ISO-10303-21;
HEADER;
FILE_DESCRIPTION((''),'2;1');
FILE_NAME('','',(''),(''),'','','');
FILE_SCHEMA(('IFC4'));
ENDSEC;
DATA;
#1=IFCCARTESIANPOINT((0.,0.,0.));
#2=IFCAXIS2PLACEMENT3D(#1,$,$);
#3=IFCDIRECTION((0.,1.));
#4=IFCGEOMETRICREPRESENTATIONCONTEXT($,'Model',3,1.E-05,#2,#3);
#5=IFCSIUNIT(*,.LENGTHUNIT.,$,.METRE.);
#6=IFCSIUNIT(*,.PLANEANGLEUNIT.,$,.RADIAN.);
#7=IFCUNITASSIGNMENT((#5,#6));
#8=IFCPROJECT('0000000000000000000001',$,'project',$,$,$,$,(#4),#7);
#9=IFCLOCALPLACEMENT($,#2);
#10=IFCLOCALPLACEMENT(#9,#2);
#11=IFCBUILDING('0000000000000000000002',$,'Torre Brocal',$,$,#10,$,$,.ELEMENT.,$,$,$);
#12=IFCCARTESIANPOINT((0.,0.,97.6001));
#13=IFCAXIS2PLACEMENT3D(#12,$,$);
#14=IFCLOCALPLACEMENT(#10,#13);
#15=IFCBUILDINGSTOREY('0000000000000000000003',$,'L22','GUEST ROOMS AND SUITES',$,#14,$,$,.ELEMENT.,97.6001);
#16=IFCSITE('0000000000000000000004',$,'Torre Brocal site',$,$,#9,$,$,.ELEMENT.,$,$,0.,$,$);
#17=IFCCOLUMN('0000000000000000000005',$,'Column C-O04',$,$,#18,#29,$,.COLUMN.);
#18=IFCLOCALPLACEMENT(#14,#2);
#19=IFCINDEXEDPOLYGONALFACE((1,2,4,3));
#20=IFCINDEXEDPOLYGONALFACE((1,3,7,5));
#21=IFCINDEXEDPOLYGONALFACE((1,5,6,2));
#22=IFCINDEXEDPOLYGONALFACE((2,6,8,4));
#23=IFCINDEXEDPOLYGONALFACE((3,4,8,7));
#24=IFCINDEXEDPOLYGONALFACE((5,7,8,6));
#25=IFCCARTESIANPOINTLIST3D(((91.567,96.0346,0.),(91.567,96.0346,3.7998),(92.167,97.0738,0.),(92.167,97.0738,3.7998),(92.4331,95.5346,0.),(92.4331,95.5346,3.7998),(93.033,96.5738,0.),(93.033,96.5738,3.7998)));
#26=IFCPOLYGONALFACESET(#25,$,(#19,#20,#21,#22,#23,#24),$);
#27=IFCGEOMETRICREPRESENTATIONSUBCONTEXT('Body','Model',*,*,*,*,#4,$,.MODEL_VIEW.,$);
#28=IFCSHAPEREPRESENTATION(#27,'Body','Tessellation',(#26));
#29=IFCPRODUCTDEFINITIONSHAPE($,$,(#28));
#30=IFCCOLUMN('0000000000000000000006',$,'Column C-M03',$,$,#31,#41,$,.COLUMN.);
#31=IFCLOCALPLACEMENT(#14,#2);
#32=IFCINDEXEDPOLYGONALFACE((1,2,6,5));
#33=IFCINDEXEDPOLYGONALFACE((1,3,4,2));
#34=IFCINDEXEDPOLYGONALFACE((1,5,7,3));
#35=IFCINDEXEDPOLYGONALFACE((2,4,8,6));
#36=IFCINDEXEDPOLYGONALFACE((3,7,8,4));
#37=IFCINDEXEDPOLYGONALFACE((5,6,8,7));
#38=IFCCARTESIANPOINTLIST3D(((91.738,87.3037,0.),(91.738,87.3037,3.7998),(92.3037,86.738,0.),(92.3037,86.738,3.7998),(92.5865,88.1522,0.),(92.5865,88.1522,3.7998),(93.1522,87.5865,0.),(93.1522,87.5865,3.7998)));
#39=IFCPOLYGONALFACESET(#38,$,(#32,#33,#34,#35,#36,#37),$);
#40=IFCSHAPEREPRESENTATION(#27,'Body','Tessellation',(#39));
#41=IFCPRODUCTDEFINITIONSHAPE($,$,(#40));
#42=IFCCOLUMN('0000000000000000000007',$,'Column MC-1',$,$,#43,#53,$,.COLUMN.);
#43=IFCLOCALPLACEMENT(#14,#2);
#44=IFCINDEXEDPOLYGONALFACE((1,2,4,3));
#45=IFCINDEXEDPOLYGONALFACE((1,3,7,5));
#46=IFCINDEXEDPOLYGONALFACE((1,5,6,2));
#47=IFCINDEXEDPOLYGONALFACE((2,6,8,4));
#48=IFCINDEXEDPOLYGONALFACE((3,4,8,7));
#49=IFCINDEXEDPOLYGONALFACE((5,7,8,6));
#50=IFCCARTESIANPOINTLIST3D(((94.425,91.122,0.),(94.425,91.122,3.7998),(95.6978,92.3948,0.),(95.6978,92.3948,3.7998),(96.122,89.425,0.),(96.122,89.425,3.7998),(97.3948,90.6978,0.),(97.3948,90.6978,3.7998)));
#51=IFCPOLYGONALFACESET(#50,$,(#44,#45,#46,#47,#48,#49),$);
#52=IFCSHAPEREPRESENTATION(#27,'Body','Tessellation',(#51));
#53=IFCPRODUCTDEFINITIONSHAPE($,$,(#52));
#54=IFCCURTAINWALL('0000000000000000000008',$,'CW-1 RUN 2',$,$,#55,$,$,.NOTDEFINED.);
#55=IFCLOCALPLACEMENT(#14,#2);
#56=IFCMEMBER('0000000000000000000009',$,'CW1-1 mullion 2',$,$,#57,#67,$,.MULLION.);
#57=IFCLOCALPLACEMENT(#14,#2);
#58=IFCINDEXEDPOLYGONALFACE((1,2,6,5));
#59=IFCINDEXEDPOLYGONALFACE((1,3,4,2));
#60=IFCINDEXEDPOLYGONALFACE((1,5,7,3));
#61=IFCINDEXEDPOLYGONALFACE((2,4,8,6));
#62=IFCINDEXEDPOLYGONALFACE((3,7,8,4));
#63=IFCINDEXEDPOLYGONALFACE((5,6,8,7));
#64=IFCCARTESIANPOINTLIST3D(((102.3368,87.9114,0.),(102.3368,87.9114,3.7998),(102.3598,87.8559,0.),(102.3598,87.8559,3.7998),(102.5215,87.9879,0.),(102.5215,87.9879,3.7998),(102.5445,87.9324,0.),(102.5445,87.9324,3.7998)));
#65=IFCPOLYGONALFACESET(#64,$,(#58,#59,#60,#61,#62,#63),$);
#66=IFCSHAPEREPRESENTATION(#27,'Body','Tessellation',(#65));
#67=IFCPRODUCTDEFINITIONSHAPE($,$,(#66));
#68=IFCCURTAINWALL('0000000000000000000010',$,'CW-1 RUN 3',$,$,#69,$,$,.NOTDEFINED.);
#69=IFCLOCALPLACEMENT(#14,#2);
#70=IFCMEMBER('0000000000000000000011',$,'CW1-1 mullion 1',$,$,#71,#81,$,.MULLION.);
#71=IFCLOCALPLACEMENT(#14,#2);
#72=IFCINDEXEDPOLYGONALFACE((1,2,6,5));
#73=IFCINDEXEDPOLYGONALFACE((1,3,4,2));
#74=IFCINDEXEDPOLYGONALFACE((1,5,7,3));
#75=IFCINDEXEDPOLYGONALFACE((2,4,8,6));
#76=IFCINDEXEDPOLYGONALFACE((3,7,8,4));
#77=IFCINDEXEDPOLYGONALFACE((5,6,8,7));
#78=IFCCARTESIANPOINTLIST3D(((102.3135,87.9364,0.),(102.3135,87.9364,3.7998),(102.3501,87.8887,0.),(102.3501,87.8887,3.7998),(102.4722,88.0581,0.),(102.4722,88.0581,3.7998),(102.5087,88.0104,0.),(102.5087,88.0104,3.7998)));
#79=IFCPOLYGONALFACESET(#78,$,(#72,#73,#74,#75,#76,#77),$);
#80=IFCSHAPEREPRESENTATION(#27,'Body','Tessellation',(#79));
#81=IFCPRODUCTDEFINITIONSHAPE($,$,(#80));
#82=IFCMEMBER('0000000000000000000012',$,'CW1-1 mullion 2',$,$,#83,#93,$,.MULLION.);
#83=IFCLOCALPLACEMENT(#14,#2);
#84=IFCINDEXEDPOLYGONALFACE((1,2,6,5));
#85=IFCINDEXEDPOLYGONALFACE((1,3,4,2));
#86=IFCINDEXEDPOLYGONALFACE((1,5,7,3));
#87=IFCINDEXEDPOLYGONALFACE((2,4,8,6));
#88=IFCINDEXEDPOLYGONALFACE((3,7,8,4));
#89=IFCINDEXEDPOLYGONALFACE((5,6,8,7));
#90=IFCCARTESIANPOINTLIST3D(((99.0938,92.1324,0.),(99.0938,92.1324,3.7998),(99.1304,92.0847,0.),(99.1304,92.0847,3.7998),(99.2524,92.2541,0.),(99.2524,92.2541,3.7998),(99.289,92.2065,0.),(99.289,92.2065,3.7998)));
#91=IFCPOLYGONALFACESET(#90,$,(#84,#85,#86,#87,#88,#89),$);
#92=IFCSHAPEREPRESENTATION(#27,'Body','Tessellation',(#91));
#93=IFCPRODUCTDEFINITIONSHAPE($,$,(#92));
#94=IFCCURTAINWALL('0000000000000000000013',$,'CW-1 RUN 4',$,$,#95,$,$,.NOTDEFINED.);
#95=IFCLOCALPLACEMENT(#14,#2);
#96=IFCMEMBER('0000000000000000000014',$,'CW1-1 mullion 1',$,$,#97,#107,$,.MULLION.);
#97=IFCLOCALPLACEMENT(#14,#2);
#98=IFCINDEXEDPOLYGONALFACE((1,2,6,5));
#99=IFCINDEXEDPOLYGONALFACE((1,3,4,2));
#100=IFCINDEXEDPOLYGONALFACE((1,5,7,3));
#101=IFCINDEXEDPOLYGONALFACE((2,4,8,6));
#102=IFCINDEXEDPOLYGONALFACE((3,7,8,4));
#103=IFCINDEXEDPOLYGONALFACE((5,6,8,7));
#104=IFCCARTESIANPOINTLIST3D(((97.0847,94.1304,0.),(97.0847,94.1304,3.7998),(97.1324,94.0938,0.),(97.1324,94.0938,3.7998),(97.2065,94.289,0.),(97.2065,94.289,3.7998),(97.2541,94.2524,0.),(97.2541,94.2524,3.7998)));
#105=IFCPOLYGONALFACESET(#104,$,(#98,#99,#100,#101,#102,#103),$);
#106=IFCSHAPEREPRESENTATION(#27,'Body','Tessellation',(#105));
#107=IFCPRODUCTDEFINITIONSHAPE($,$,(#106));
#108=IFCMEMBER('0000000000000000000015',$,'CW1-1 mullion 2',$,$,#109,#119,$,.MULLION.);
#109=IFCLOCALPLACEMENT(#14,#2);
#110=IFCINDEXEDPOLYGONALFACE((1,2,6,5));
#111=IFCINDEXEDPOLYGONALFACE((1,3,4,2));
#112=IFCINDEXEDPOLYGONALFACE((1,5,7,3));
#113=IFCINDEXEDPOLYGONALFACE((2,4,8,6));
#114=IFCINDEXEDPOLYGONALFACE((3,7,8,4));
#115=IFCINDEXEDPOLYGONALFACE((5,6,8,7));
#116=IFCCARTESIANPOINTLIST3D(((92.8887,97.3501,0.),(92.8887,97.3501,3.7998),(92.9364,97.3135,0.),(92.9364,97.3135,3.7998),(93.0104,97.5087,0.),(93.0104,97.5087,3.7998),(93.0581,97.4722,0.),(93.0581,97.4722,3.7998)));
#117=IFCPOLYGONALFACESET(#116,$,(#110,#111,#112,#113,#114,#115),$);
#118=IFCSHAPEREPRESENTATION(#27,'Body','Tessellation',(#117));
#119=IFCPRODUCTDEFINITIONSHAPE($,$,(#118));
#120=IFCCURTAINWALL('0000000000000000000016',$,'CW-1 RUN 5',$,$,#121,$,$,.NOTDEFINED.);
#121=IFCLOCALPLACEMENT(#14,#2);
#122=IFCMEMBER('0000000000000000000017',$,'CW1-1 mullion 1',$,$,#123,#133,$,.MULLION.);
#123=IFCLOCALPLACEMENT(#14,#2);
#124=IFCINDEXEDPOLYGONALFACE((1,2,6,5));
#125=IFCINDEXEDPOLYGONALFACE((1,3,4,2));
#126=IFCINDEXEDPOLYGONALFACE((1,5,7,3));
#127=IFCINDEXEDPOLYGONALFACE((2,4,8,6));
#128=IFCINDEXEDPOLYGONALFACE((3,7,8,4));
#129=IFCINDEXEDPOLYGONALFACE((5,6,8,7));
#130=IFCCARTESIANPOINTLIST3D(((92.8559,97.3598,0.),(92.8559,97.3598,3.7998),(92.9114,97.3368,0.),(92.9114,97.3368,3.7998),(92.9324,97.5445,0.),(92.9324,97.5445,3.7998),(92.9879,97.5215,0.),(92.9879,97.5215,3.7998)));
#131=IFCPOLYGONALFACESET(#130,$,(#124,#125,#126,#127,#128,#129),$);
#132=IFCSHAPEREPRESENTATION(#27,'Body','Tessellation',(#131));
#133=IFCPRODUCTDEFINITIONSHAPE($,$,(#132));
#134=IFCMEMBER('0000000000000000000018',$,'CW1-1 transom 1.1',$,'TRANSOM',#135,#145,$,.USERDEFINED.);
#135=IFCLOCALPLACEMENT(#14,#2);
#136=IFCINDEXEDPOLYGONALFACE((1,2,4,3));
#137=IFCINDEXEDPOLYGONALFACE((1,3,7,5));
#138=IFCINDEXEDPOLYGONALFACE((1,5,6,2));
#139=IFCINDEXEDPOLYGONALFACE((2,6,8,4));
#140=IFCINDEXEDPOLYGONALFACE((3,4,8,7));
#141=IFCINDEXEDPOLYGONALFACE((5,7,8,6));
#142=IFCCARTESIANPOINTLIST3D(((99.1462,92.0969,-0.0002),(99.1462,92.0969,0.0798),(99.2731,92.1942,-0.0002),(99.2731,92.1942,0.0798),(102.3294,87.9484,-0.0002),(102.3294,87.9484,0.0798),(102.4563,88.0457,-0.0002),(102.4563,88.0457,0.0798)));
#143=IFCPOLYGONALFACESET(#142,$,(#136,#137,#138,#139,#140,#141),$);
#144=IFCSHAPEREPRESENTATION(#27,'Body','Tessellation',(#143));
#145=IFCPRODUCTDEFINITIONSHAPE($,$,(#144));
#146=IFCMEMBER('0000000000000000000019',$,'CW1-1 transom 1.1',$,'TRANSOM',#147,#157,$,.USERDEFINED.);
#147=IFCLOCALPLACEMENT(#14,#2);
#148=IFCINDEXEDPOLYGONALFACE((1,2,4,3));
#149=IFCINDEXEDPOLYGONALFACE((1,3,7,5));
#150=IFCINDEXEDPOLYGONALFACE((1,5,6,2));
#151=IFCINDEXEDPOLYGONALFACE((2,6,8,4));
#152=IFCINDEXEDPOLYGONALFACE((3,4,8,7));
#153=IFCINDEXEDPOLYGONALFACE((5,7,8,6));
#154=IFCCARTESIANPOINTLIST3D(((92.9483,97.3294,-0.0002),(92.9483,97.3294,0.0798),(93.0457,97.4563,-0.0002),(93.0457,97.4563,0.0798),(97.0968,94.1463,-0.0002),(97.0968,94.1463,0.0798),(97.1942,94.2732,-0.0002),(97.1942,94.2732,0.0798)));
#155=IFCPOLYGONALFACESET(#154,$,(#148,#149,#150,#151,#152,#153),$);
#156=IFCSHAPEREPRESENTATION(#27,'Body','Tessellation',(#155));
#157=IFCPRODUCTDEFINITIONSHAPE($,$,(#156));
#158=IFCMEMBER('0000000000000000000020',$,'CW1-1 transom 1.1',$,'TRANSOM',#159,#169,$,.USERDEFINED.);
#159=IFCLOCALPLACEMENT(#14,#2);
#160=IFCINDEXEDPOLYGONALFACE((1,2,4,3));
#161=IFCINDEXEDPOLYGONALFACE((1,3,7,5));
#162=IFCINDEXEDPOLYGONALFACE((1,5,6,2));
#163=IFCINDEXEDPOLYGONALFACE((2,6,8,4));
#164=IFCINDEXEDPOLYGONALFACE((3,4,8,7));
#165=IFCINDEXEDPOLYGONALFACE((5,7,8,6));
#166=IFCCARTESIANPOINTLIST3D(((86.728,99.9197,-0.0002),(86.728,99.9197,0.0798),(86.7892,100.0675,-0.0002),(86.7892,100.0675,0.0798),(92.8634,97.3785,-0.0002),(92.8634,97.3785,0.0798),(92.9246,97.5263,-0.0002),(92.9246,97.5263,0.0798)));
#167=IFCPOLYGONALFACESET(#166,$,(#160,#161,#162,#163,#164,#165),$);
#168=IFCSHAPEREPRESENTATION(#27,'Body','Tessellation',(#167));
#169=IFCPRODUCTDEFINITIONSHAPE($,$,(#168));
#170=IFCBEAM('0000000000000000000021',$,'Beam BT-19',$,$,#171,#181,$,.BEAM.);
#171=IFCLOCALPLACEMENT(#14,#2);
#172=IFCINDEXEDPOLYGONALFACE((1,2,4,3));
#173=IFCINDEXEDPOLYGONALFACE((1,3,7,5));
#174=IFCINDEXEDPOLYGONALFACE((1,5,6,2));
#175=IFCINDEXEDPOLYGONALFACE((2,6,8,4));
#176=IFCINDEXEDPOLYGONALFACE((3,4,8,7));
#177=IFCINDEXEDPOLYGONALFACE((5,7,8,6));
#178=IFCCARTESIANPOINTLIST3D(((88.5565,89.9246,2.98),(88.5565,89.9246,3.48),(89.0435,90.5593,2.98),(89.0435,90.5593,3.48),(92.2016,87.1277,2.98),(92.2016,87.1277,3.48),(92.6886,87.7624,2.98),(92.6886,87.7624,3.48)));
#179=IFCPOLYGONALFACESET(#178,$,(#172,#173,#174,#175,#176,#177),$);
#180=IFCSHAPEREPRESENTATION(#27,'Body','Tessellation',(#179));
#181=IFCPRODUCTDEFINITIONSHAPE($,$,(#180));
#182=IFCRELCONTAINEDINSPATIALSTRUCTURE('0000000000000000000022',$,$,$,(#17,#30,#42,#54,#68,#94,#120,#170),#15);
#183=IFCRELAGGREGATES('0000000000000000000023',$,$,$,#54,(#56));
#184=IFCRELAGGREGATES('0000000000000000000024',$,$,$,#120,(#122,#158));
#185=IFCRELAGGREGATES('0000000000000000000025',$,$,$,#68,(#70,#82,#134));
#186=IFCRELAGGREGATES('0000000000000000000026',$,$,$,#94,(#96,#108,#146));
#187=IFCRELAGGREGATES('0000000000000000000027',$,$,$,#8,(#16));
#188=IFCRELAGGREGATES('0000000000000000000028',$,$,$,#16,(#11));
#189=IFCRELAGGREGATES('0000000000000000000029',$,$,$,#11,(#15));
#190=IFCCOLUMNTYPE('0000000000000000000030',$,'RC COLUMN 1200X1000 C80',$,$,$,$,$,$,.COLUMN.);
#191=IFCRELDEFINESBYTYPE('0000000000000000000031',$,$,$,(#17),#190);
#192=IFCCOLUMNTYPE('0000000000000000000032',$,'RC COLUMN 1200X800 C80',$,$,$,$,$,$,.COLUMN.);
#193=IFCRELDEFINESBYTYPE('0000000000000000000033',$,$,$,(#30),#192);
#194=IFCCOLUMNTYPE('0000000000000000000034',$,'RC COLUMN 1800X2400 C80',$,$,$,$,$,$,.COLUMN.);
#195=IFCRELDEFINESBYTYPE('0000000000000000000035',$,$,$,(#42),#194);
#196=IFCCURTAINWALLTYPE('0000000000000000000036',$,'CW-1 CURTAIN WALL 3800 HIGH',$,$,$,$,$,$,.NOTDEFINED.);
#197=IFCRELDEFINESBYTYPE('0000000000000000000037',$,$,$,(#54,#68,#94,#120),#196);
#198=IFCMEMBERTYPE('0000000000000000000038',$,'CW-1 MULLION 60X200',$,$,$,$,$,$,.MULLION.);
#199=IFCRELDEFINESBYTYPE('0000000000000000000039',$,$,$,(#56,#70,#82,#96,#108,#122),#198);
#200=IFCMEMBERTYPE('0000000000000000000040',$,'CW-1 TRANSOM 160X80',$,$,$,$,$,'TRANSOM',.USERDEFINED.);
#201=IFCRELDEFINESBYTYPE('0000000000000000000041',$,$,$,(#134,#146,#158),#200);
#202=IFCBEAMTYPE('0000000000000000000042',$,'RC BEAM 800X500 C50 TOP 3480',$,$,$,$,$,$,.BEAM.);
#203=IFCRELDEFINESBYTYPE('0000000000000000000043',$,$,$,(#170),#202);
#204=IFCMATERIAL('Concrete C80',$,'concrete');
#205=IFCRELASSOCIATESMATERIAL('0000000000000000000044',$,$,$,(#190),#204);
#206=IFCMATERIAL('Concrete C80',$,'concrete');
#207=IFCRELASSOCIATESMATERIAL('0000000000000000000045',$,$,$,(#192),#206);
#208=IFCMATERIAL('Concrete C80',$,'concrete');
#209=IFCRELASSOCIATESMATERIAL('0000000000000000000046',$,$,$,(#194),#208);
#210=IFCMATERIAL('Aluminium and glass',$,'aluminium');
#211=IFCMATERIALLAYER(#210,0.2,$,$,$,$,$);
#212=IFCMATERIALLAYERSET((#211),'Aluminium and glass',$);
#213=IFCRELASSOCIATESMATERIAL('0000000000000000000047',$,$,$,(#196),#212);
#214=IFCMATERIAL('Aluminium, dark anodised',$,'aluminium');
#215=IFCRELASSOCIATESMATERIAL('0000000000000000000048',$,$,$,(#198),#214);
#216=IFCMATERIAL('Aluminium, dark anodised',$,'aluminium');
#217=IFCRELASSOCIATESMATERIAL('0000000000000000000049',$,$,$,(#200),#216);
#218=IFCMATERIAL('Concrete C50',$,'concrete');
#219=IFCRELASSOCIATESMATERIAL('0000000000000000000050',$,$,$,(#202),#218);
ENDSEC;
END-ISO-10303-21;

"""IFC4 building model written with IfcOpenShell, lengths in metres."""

from ifc_helpers import new_model, si_unit, direction, frame, origin, origin_2d, place, context, subcontext, project, spatial, rectangle, extrude, material, layer, layer_set, material_profile, profile_set, type_object, element, aggregate, save


model = new_model("IFC4")

# Units and contexts
model_context = context("Model", 3, precision=1e-05, world=origin(), true_north=direction((0.0, 1.0)))
body_context = subcontext(model_context, "Body", "Model", "MODEL_VIEW")
ifc_project = project(units=[si_unit("LENGTHUNIT", "METRE"), si_unit("PLANEANGLEUNIT", "RADIAN")], contexts=[model_context])

# Site, building, storey
site_placement = place(None, origin())
site = spatial("IfcSite", under=ifc_project, at=site_placement, Name="Torre Brocal site", CompositionType="ELEMENT", RefElevation=0.0)
building_placement = place(site_placement, origin())
building = spatial("IfcBuilding", under=site, at=building_placement, Name="Torre Brocal", CompositionType="ELEMENT")
storey_placement = place(building_placement, frame((0.0, 0.0, 97.6001)))
storey = spatial("IfcBuildingStorey", under=building, at=storey_placement, Name="L22", Description="GUEST ROOMS AND SUITES", CompositionType="ELEMENT", Elevation=97.6001)

# Columns
ifc_material_1 = material(Name="Concrete C80", Category="concrete")
ifc_material_profile_1 = material_profile(ifc_material_1, rectangle(XDim=1.2, YDim=1.0, at=origin_2d()), Name="RC 1200X1000")
ifc_profile_set_1 = profile_set([ifc_material_profile_1], Name="Concrete C80")
column_type_1 = type_object("IfcColumnType", Name="RC COLUMN 1200X1000 C80", PredefinedType="COLUMN", material=ifc_profile_set_1)
column_1_placement = place(storey_placement, frame((92.3, 96.3042, 0.0), z_axis=(0.0, 0.0, 1.0), x_axis=(0.5, 0.866025, 0.0)))
element("IfcColumn", 1, at=column_1_placement, inside=storey, type_object=column_type_1, Name="Column C-O04", PredefinedType="COLUMN", context=body_context, shape_type="SweptSolid", body=[
    extrude(rectangle(XDim=1.2, YDim=1.0, at=origin_2d()), origin(), (0.0, 0.0, 1.0), 3.7998),
])
ifc_material_2 = material(Name="Concrete C80", Category="concrete")
ifc_material_profile_2 = material_profile(ifc_material_2, rectangle(XDim=1.2, YDim=0.8, at=origin_2d()), Name="RC 1200X800")
ifc_profile_set_2 = profile_set([ifc_material_profile_2], Name="Concrete C80")
column_type_2 = type_object("IfcColumnType", Name="RC COLUMN 1200X800 C80", PredefinedType="COLUMN", material=ifc_profile_set_2)
column_2_placement = place(storey_placement, frame((92.4451, 87.4451, 0.0), z_axis=(0.0, 0.0, 1.0), x_axis=(0.707107, 0.707107, 0.0)))
element("IfcColumn", 2, at=column_2_placement, inside=storey, type_object=column_type_2, Name="Column C-M03", PredefinedType="COLUMN", context=body_context, shape_type="SweptSolid", body=[
    extrude(rectangle(XDim=1.2, YDim=0.8, at=origin_2d()), origin(), (0.0, 0.0, 1.0), 3.7998),
])
ifc_material_3 = material(Name="Concrete C80", Category="concrete")
ifc_material_profile_3 = material_profile(ifc_material_3, rectangle(XDim=1.8, YDim=2.3999, at=origin_2d()), Name="RC 1800X2400")
ifc_profile_set_3 = profile_set([ifc_material_profile_3], Name="Concrete C80")
column_type_3 = type_object("IfcColumnType", Name="RC COLUMN 1800X2400 C80", PredefinedType="COLUMN", material=ifc_profile_set_3)
column_3_placement = place(storey_placement, frame((95.9099, 90.9099, 0.0), z_axis=(0.0, 0.0, 1.0), x_axis=(0.707107, 0.707107, 0.0)))
element("IfcColumn", 3, at=column_3_placement, inside=storey, type_object=column_type_3, Name="Column MC-1", PredefinedType="COLUMN", context=body_context, shape_type="SweptSolid", body=[
    extrude(rectangle(XDim=1.8, YDim=2.3999, at=origin_2d()), origin(), (0.0, 0.0, 1.0), 3.7998),
])

# Curtain wall, member
ifc_material_4 = material(Name="Aluminium and glass", Category="aluminium")
ifc_layer_1 = layer(ifc_material_4, 0.2)
ifc_layer_set_1 = layer_set([ifc_layer_1], Name="Aluminium and glass")
curtain_wall_type = type_object("IfcCurtainWallType", Name="CW-1 CURTAIN WALL 3800 HIGH", PredefinedType="NOTDEFINED", material=ifc_layer_set_1)
curtain_wall_1_placement = place(storey_placement, origin())
curtain_wall_1 = element("IfcCurtainWall", 4, at=curtain_wall_1_placement, inside=storey, type_object=curtain_wall_type, Name="CW-1 RUN 2", PredefinedType="NOTDEFINED")
ifc_material_5 = material(Name="Aluminium, dark anodised", Category="aluminium")
ifc_material_profile_4 = material_profile(ifc_material_5, rectangle(XDim=0.2, YDim=0.0601, at=origin_2d()), Name="CW-1 MULLION 60X200")
ifc_profile_set_4 = profile_set([ifc_material_profile_4], Name="Aluminium, dark anodised")
member_type_1 = type_object("IfcMemberType", Name="CW-1 MULLION 60X200", PredefinedType="MULLION", material=ifc_profile_set_4)
member_1_placement = place(storey_placement, frame((102.4407, 87.9219, 0.0), z_axis=(0.0, 0.0, 1.0), x_axis=(-0.92388, -0.382683, 0.0)))
member_1 = element("IfcMember", 5, at=member_1_placement, type_object=member_type_1, Name="CW1-1 mullion 2", PredefinedType="MULLION", context=body_context, shape_type="SweptSolid", body=[
    extrude(rectangle(XDim=0.2, YDim=0.0601, at=origin_2d()), origin(), (0.0, 0.0, 1.0), 3.7998),
])
aggregate(curtain_wall_1, [member_1])

# Curtain walls, members
curtain_wall_2_placement = place(storey_placement, origin())
curtain_wall_2 = element("IfcCurtainWall", 6, at=curtain_wall_2_placement, inside=storey, type_object=curtain_wall_type, Name="CW-1 RUN 3", PredefinedType="NOTDEFINED")
member_2_placement = place(storey_placement, frame((102.4111, 87.9734, 0.0), z_axis=(0.0, 0.0, 1.0), x_axis=(-0.793353, -0.608761, 0.0)))
member_2 = element("IfcMember", 7, at=member_2_placement, type_object=member_type_1, Name="CW1-1 mullion 1", PredefinedType="MULLION", context=body_context, shape_type="SweptSolid", body=[
    extrude(rectangle(XDim=0.2, YDim=0.0601, at=origin_2d()), origin(), (0.0, 0.0, 1.0), 3.7998),
])
member_3_placement = place(storey_placement, frame((99.1914, 92.1694, 0.0), z_axis=(0.0, 0.0, 1.0), x_axis=(-0.793353, -0.608761, 0.0)))
member_3 = element("IfcMember", 8, at=member_3_placement, type_object=member_type_1, Name="CW1-1 mullion 2", PredefinedType="MULLION", context=body_context, shape_type="SweptSolid", body=[
    extrude(rectangle(XDim=0.2, YDim=0.0601, at=origin_2d()), origin(), (0.0, 0.0, 1.0), 3.7998),
])
curtain_wall_3_placement = place(storey_placement, origin())
curtain_wall_3 = element("IfcCurtainWall", 9, at=curtain_wall_3_placement, inside=storey, type_object=curtain_wall_type, Name="CW-1 RUN 4", PredefinedType="NOTDEFINED")
member_4_placement = place(storey_placement, frame((97.1694, 94.1914, 0.0), z_axis=(0.0, 0.0, 1.0), x_axis=(-0.608761, -0.793353, 0.0)))
member_4 = element("IfcMember", 10, at=member_4_placement, type_object=member_type_1, Name="CW1-1 mullion 1", PredefinedType="MULLION", context=body_context, shape_type="SweptSolid", body=[
    extrude(rectangle(XDim=0.2, YDim=0.0601, at=origin_2d()), origin(), (0.0, 0.0, 1.0), 3.7998),
])
member_5_placement = place(storey_placement, frame((92.9734, 97.4111, 0.0), z_axis=(0.0, 0.0, 1.0), x_axis=(-0.608761, -0.793353, 0.0)))
member_5 = element("IfcMember", 11, at=member_5_placement, type_object=member_type_1, Name="CW1-1 mullion 2", PredefinedType="MULLION", context=body_context, shape_type="SweptSolid", body=[
    extrude(rectangle(XDim=0.2, YDim=0.0601, at=origin_2d()), origin(), (0.0, 0.0, 1.0), 3.7998),
])

# Curtain wall, member
curtain_wall_4_placement = place(storey_placement, origin())
curtain_wall_4 = element("IfcCurtainWall", 12, at=curtain_wall_4_placement, inside=storey, type_object=curtain_wall_type, Name="CW-1 RUN 5", PredefinedType="NOTDEFINED")
member_6_placement = place(storey_placement, frame((92.9219, 97.4407, 0.0), z_axis=(0.0, 0.0, 1.0), x_axis=(-0.382683, -0.92388, 0.0)))
member_6 = element("IfcMember", 13, at=member_6_placement, type_object=member_type_1, Name="CW1-1 mullion 1", PredefinedType="MULLION", context=body_context, shape_type="SweptSolid", body=[
    extrude(rectangle(XDim=0.2, YDim=0.0601, at=origin_2d()), origin(), (0.0, 0.0, 1.0), 3.7998),
])

# Members
ifc_material_6 = material(Name="Aluminium, dark anodised", Category="aluminium")
ifc_material_profile_5 = material_profile(ifc_material_6, rectangle(XDim=0.1599, YDim=0.0801, at=origin_2d()), Name="CW-1 TRANSOM 160X80")
ifc_profile_set_5 = profile_set([ifc_material_profile_5], Name="Aluminium, dark anodised")
member_type_2 = type_object("IfcMemberType", Name="CW-1 TRANSOM 160X80", ElementType="TRANSOM", PredefinedType="USERDEFINED", material=ifc_profile_set_5)
member_7_placement = place(storey_placement, frame((102.3928, 87.9971, 0.0398), z_axis=(-0.608749, 0.793363, 0.0), x_axis=(-0.793363, -0.608749, 0.0)))
member_7 = element("IfcMember", 14, at=member_7_placement, type_object=member_type_2, Name="CW1-1 transom 1.1", ObjectType="TRANSOM", PredefinedType="USERDEFINED", context=body_context, shape_type="SweptSolid", body=[
    extrude(rectangle(XDim=0.1599, YDim=0.0801, at=origin_2d()), origin(), (0.0, 0.0, 1.0), 5.229),
])
member_8_placement = place(storey_placement, frame((97.1455, 94.2097, 0.0398), z_axis=(-0.793363, 0.608749, 0.0), x_axis=(-0.608749, -0.793363, 0.0)))
member_8 = element("IfcMember", 15, at=member_8_placement, type_object=member_type_2, Name="CW1-1 transom 1.1", ObjectType="TRANSOM", PredefinedType="USERDEFINED", context=body_context, shape_type="SweptSolid", body=[
    extrude(rectangle(XDim=0.1599, YDim=0.0801, at=origin_2d()), origin(), (0.0, 0.0, 1.0), 5.229),
])
member_9_placement = place(storey_placement, frame((92.894, 97.4524, 0.0398), z_axis=(-0.923887, 0.382665, 0.0), x_axis=(-0.382665, -0.923887, 0.0)))
member_9 = element("IfcMember", 16, at=member_9_placement, type_object=member_type_2, Name="CW1-1 transom 1.1", ObjectType="TRANSOM", PredefinedType="USERDEFINED", context=body_context, shape_type="SweptSolid", body=[
    extrude(rectangle(XDim=0.1599, YDim=0.0801, at=origin_2d()), origin(), (0.0, 0.0, 1.0), 6.6409),
])
aggregate(curtain_wall_4, [member_6, member_9])

# Beam
ifc_material_7 = material(Name="Concrete C50", Category="concrete")
ifc_material_profile_6 = material_profile(ifc_material_7, rectangle(XDim=0.8, YDim=0.5, at=origin_2d()), Name="RC 800X500")
ifc_profile_set_6 = profile_set([ifc_material_profile_6], Name="Concrete C50")
beam_type_1 = type_object("IfcBeamType", Name="RC BEAM 800X500 C50 TOP 3480", PredefinedType="BEAM", material=ifc_profile_set_6)
beam_1_placement = place(storey_placement, frame((92.4451, 87.4451, 3.23), z_axis=(-0.793358, 0.608755, 0.0), x_axis=(-0.608755, -0.793358, 0.0)))
element("IfcBeam", 17, at=beam_1_placement, inside=storey, type_object=beam_type_1, Name="Beam BT-19", PredefinedType="BEAM", context=body_context, shape_type="SweptSolid", body=[
    extrude(rectangle(XDim=0.8, YDim=0.5, at=origin_2d()), origin(), (0.0, 0.0, 1.0), 4.5945),
])

aggregate(curtain_wall_2, [member_2, member_3, member_7])
aggregate(curtain_wall_3, [member_4, member_5, member_8])

save(model, "model.ifc")
